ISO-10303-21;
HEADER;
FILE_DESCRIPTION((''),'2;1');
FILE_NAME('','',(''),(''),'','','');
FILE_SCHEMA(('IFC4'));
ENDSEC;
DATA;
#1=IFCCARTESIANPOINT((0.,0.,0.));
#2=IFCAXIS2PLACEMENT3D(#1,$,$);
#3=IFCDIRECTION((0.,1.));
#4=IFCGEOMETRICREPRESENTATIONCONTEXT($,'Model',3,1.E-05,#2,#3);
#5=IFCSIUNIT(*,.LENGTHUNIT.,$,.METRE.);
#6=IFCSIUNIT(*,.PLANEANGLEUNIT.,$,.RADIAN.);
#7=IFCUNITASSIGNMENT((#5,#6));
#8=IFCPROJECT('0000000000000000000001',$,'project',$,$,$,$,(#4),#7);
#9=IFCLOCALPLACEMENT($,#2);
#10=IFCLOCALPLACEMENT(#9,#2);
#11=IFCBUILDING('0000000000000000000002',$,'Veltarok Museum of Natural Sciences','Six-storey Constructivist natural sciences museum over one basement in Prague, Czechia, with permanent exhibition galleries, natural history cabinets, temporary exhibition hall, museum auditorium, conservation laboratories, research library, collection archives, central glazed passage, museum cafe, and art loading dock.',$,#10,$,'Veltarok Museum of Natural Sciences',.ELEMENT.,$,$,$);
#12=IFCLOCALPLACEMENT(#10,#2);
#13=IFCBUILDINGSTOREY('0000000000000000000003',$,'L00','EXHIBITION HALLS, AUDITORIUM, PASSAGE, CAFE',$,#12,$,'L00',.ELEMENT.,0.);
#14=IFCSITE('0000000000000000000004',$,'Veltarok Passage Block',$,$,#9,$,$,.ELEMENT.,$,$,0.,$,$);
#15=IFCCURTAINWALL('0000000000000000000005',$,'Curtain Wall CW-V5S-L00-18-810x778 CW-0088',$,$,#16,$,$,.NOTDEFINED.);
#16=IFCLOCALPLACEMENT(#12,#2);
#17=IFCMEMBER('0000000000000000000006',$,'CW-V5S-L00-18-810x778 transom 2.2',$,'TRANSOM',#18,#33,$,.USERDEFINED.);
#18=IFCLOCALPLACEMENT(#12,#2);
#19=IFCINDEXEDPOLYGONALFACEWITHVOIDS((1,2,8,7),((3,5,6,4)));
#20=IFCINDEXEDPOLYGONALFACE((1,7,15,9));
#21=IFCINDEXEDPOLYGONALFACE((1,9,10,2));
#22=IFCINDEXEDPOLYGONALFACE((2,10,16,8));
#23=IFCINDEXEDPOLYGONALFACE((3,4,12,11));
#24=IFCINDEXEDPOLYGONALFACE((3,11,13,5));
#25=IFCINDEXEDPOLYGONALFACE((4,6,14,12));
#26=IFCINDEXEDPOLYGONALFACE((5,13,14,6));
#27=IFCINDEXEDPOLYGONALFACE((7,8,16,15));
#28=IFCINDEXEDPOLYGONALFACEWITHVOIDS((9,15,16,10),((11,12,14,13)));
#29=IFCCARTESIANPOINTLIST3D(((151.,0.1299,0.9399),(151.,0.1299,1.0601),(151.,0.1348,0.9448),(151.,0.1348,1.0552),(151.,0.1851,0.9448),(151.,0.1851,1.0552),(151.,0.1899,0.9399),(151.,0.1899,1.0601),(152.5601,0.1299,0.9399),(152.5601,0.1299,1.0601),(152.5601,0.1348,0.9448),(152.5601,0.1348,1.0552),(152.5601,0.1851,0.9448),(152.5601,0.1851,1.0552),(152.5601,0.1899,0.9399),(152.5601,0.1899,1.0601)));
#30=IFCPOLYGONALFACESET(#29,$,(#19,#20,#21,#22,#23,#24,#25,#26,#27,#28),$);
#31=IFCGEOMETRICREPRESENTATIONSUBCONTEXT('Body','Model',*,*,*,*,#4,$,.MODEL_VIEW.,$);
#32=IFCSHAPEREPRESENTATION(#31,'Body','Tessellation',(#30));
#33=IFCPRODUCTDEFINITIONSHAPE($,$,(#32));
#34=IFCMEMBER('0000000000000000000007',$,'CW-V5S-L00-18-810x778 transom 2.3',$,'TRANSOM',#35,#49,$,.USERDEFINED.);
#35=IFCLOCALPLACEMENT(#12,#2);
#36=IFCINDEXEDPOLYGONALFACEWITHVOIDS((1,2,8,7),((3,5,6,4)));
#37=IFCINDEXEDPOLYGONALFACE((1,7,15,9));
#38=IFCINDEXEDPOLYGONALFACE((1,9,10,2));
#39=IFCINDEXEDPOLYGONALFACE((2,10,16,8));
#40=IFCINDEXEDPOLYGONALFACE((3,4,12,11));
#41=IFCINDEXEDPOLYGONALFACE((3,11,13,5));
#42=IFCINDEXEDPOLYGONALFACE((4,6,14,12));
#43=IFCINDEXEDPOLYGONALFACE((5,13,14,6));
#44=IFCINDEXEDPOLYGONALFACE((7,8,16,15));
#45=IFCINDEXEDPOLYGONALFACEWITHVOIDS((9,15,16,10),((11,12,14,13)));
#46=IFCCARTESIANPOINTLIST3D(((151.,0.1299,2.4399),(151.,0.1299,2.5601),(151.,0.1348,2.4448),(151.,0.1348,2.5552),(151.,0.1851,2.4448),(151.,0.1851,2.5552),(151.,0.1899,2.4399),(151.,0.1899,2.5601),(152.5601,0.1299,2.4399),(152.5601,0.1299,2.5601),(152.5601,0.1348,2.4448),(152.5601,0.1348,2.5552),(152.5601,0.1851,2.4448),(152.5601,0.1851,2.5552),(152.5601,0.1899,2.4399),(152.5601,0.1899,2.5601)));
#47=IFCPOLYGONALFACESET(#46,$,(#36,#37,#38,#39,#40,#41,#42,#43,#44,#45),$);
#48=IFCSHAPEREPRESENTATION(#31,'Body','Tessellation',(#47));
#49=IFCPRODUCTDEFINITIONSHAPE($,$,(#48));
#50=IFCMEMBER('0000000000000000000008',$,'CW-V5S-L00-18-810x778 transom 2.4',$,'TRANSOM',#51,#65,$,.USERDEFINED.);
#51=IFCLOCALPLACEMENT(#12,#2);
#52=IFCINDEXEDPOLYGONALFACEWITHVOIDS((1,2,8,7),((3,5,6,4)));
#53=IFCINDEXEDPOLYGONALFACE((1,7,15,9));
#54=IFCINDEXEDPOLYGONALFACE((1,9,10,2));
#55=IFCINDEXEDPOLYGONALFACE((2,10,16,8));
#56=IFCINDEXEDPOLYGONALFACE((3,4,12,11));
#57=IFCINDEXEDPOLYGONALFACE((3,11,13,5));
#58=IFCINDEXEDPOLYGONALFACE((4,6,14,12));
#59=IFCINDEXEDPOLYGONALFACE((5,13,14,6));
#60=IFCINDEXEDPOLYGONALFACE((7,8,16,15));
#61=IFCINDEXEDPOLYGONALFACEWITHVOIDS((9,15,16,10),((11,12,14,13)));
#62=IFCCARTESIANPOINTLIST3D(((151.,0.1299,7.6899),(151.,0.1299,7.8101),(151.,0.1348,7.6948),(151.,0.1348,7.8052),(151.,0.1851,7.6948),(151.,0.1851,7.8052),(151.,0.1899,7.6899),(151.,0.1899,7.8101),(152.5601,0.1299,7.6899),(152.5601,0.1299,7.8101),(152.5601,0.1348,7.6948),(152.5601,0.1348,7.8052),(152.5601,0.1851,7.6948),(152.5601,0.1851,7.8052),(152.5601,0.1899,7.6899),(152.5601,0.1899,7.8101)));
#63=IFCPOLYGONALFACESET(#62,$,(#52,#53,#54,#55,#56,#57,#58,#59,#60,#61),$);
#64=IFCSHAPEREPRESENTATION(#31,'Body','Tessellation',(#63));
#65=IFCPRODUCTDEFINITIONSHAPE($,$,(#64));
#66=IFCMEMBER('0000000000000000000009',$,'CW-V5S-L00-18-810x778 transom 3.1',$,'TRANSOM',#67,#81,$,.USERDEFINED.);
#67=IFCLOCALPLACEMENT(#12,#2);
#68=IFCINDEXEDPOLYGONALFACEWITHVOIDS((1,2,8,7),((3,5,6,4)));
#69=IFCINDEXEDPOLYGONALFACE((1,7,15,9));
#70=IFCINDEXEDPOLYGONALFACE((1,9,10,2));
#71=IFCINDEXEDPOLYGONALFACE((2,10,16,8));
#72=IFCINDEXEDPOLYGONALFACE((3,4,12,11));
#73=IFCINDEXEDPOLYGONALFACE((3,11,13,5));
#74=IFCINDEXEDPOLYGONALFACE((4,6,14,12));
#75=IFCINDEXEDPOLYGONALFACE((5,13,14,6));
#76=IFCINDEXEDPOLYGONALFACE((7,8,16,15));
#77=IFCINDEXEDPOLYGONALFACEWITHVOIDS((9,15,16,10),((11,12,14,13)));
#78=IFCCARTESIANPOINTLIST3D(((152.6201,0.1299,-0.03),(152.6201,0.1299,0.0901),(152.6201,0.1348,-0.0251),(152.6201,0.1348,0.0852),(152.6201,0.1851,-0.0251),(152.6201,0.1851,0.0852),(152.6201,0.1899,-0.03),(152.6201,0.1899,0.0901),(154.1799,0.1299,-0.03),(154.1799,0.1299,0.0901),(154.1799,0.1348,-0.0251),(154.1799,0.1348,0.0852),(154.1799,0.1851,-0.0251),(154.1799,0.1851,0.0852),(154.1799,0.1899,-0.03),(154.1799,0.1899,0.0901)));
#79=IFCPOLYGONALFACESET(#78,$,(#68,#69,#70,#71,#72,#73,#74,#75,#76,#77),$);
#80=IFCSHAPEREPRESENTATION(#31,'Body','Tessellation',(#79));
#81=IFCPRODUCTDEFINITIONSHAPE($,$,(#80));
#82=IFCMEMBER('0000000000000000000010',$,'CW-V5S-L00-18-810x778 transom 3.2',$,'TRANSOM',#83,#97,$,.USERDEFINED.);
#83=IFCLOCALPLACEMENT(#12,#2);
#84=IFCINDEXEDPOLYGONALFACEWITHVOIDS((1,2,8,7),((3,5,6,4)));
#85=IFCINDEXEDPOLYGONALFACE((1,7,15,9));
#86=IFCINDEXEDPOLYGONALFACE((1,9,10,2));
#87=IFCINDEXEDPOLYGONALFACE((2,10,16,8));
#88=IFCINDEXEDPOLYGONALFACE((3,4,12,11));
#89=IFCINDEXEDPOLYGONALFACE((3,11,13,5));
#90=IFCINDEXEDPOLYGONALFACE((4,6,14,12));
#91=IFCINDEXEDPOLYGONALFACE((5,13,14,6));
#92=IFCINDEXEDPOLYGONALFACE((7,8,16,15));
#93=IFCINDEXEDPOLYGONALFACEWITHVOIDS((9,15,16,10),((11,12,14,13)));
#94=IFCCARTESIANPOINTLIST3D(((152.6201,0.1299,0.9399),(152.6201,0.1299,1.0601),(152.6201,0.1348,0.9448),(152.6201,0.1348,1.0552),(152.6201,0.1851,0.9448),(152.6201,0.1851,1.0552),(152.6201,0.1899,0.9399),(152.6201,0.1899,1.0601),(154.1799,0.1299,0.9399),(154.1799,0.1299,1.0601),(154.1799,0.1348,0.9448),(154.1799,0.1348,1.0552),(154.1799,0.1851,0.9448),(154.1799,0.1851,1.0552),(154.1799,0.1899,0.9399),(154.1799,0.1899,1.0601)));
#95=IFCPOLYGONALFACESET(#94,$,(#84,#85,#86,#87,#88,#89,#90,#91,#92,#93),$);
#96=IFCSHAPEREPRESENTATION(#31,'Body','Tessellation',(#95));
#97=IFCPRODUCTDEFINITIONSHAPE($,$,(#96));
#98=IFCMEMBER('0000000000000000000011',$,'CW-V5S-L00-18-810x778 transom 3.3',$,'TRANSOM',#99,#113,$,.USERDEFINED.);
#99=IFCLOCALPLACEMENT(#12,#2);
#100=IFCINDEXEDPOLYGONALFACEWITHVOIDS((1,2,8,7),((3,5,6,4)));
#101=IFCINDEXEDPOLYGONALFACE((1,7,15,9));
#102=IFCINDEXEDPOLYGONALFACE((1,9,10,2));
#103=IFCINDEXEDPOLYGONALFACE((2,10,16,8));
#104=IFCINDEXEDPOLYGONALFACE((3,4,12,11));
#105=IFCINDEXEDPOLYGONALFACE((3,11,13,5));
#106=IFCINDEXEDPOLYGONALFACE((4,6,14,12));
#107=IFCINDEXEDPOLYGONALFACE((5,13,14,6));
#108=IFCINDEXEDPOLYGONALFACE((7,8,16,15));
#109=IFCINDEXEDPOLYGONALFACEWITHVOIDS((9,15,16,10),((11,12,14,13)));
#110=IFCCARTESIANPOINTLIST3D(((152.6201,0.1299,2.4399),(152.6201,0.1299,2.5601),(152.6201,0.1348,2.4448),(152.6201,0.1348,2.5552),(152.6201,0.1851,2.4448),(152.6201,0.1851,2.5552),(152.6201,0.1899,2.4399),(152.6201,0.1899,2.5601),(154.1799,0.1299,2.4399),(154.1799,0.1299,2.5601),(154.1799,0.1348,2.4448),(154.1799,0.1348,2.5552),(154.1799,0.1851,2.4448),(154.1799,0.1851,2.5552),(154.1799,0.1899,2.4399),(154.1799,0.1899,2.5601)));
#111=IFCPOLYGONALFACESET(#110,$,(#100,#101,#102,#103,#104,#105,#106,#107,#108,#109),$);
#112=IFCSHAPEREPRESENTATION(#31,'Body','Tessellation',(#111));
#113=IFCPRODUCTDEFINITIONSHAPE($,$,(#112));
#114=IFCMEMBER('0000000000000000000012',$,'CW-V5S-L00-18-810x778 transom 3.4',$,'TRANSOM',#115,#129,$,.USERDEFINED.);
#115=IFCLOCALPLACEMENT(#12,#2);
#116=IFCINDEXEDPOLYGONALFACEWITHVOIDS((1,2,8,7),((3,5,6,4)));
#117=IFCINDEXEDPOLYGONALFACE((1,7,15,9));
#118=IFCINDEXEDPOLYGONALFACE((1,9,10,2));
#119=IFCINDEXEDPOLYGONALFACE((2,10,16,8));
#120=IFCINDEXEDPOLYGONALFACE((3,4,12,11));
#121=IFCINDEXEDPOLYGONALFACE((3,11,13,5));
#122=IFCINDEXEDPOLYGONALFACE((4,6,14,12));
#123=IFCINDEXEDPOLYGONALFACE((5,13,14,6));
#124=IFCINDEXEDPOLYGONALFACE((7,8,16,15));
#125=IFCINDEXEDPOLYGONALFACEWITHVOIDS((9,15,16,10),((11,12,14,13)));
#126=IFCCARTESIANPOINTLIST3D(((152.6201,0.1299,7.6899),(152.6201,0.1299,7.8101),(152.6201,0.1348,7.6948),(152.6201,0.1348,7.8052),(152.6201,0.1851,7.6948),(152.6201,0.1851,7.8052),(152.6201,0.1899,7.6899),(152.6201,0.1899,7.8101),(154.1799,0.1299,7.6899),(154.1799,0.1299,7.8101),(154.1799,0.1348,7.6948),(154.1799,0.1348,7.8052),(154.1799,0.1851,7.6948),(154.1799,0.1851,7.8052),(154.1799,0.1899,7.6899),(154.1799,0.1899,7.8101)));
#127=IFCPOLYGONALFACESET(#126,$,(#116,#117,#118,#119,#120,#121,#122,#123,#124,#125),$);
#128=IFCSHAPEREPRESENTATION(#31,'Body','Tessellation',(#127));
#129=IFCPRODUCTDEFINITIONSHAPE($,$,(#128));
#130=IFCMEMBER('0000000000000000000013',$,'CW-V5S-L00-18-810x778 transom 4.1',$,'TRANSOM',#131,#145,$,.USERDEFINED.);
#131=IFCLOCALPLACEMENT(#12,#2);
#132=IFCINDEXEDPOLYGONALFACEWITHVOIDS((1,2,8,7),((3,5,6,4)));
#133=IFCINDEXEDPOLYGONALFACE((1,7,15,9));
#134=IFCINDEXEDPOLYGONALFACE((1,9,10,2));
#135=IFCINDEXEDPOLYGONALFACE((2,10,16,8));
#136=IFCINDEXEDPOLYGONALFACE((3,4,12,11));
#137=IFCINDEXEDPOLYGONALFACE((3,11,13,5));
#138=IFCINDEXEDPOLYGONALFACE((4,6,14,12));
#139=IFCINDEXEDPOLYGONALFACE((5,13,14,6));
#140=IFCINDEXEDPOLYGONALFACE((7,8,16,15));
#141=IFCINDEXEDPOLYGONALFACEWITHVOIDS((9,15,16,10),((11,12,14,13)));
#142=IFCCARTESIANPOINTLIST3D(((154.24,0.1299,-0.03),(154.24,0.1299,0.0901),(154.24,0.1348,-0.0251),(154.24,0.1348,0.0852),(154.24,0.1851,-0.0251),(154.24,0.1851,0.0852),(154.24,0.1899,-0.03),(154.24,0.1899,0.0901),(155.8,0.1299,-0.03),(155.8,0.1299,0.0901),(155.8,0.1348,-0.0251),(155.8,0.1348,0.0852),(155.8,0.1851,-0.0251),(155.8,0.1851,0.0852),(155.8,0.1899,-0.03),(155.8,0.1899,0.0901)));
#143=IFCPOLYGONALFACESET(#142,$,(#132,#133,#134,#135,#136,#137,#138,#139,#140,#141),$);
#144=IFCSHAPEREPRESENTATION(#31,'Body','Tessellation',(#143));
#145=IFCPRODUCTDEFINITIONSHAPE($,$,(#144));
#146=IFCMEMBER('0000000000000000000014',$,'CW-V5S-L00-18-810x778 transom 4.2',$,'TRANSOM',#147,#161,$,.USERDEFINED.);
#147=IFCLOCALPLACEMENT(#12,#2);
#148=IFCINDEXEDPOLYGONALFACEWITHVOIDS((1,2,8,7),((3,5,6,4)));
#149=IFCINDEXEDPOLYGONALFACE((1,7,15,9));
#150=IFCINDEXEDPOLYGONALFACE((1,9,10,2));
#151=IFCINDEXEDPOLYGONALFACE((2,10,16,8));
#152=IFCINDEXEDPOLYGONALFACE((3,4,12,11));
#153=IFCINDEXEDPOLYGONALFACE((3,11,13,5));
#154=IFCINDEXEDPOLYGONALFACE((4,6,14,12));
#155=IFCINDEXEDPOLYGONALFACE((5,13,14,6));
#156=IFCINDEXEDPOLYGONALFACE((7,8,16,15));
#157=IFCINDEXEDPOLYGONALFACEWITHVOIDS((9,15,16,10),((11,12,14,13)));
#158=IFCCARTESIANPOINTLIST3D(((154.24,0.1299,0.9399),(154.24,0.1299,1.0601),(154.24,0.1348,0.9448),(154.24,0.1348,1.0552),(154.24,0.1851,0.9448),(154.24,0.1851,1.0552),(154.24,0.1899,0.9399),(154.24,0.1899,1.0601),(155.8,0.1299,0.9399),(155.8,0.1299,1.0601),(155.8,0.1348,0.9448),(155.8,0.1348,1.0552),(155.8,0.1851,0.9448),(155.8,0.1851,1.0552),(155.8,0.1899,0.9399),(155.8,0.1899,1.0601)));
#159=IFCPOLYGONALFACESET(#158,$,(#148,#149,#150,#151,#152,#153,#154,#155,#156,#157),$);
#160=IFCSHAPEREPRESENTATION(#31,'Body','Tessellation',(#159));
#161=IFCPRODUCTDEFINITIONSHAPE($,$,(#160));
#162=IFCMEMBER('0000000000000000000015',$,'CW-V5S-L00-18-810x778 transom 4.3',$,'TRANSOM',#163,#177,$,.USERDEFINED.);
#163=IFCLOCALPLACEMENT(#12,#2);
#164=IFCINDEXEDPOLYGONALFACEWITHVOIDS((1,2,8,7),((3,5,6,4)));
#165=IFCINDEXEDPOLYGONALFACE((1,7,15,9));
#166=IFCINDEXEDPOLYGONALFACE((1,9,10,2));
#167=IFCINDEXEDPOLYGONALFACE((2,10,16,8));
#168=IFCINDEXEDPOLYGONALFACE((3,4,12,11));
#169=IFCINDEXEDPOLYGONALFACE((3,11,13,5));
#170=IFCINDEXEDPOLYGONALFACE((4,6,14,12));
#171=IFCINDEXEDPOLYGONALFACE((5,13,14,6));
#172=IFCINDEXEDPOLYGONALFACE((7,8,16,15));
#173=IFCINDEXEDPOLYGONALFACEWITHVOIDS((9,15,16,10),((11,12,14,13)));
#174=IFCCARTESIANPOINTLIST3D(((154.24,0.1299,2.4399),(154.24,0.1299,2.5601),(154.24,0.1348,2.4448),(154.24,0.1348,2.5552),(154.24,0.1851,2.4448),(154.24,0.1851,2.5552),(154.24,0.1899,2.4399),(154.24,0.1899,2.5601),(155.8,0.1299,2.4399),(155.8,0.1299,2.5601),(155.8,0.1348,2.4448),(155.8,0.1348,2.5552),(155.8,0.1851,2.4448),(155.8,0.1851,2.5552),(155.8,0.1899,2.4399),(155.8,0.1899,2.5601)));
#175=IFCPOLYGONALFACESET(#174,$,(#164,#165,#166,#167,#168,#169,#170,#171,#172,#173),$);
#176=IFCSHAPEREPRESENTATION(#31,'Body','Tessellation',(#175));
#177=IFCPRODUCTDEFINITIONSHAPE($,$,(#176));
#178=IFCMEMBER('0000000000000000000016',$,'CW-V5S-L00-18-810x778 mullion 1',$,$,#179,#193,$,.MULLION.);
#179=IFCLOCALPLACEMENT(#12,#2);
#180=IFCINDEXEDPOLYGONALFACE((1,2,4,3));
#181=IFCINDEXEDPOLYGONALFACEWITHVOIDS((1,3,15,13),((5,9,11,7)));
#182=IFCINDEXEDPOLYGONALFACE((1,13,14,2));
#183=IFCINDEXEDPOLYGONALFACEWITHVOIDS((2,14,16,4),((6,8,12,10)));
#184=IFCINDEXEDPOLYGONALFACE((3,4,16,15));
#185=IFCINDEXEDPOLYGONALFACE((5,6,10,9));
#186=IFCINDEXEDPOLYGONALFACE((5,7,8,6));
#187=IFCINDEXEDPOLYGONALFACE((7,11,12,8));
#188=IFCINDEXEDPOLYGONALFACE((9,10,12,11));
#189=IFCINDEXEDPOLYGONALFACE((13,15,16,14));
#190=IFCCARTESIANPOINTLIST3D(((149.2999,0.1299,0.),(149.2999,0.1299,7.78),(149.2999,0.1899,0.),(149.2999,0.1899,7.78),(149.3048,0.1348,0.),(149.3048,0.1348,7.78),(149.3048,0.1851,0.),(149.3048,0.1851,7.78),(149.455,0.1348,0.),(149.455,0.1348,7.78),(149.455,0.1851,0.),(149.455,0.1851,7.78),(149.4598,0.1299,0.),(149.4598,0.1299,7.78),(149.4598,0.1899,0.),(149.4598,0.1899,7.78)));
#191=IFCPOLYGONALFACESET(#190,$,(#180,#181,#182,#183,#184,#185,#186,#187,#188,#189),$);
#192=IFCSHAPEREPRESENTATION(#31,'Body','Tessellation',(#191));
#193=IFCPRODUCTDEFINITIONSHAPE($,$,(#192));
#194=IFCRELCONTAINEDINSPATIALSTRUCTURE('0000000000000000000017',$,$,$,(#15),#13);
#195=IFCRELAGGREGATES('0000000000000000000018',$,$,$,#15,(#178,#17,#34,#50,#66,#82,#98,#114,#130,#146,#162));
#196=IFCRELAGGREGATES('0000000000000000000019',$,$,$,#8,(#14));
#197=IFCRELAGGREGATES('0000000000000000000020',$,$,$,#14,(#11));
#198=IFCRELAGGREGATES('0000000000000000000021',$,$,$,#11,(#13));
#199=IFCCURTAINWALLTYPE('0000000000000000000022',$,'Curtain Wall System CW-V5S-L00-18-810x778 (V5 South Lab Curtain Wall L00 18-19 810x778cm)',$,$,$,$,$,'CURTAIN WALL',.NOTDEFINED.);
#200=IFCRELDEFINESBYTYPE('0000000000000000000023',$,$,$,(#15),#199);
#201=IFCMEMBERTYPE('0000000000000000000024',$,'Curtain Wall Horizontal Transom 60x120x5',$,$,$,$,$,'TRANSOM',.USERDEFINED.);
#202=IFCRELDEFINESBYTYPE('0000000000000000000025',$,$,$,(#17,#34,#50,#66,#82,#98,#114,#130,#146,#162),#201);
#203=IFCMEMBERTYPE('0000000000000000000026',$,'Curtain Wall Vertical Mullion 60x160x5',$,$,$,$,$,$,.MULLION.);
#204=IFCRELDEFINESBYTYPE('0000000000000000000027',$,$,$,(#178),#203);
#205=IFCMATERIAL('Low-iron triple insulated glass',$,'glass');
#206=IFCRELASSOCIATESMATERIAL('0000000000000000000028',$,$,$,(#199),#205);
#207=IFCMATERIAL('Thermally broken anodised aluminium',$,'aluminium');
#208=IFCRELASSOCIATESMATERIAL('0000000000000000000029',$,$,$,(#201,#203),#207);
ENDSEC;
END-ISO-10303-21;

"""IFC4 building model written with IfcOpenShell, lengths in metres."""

from ifc_helpers import new_model, si_unit, direction, frame, origin, origin_2d, place, context, subcontext, project, spatial, hollow_rectangle, extrude, material, material_profile, profile_set, type_object, element, aggregate, save


model = new_model("IFC4")

# Units and contexts
model_context = context("Model", 3, precision=1e-05, world=origin(), true_north=direction((0.0, 1.0)))
body_context = subcontext(model_context, "Body", "Model", "MODEL_VIEW")
ifc_project = project(units=[si_unit("LENGTHUNIT", "METRE"), si_unit("PLANEANGLEUNIT", "RADIAN")], contexts=[model_context])

# Site, building, storey
site_placement = place(None, origin())
site = spatial("IfcSite", under=ifc_project, at=site_placement, Name="Veltarok Passage Block", CompositionType="ELEMENT", RefElevation=0.0)
building_placement = place(site_placement, origin())
building = spatial("IfcBuilding", under=site, at=building_placement, Name="Veltarok Museum of Natural Sciences", Description="Six-storey Constructivist natural sciences museum over one basement in Prague, Czechia, with permanent exhibition galleries, natural history cabinets, temporary exhibition hall, museum auditorium, conservation laboratories, research library, collection archives, central glazed passage, museum cafe, and art loading dock.", LongName="Veltarok Museum of Natural Sciences", CompositionType="ELEMENT")
storey_placement = place(building_placement, origin())
storey = spatial("IfcBuildingStorey", under=building, at=storey_placement, Name="L00", Description="EXHIBITION HALLS, AUDITORIUM, PASSAGE, CAFE", LongName="L00", CompositionType="ELEMENT", Elevation=0.0)

# Curtain wall, members
ifc_material_1 = material(Name="Low-iron triple insulated glass", Category="glass")
curtain_wall_type = type_object("IfcCurtainWallType", Name="Curtain Wall System CW-V5S-L00-18-810x778 (V5 South Lab Curtain Wall L00 18-19 810x778cm)", ElementType="CURTAIN WALL", PredefinedType="NOTDEFINED", material=ifc_material_1)
curtain_wall_placement = place(storey_placement, origin())
curtain_wall = element("IfcCurtainWall", 1, at=curtain_wall_placement, inside=storey, type_object=curtain_wall_type, Name="Curtain Wall CW-V5S-L00-18-810x778 CW-0088", PredefinedType="NOTDEFINED")
ifc_material_2 = material(Name="Thermally broken anodised aluminium", Category="aluminium")
ifc_material_profile_1 = material_profile(ifc_material_2, hollow_rectangle(XDim=0.0601, YDim=0.1201, WallThickness=0.0049, at=origin_2d()), Name="CW TRANSOM 60x120x5")
ifc_profile_set_1 = profile_set([ifc_material_profile_1], Name="Thermally broken anodised aluminium")
member_type_1 = type_object("IfcMemberType", Name="Curtain Wall Horizontal Transom 60x120x5", ElementType="TRANSOM", PredefinedType="USERDEFINED", material=ifc_profile_set_1)
member_1_placement = place(storey_placement, frame((151.0, 0.1599, 1.0), z_axis=(1.0, 0.0, 0.0), x_axis=(0.0, 1.0, 0.0)))
member_1 = element("IfcMember", 2, at=member_1_placement, type_object=member_type_1, Name="CW-V5S-L00-18-810x778 transom 2.2", ObjectType="TRANSOM", PredefinedType="USERDEFINED", context=body_context, shape_type="SweptSolid", body=[
    extrude(hollow_rectangle(XDim=0.0601, YDim=0.1201, WallThickness=0.0049, at=origin_2d()), origin(), (0.0, 0.0, 1.0), 1.5601),
])
member_2_placement = place(storey_placement, frame((151.0, 0.1599, 2.5), z_axis=(1.0, 0.0, 0.0), x_axis=(0.0, 1.0, 0.0)))
member_2 = element("IfcMember", 3, at=member_2_placement, type_object=member_type_1, Name="CW-V5S-L00-18-810x778 transom 2.3", ObjectType="TRANSOM", PredefinedType="USERDEFINED", context=body_context, shape_type="SweptSolid", body=[
    extrude(hollow_rectangle(XDim=0.0601, YDim=0.1201, WallThickness=0.0049, at=origin_2d()), origin(), (0.0, 0.0, 1.0), 1.5601),
])
member_3_placement = place(storey_placement, frame((151.0, 0.1599, 7.75), z_axis=(1.0, 0.0, 0.0), x_axis=(0.0, 1.0, 0.0)))
member_3 = element("IfcMember", 4, at=member_3_placement, type_object=member_type_1, Name="CW-V5S-L00-18-810x778 transom 2.4", ObjectType="TRANSOM", PredefinedType="USERDEFINED", context=body_context, shape_type="SweptSolid", body=[
    extrude(hollow_rectangle(XDim=0.0601, YDim=0.1201, WallThickness=0.0049, at=origin_2d()), origin(), (0.0, 0.0, 1.0), 1.5601),
])
member_4_placement = place(storey_placement, frame((152.6201, 0.1599, 0.03), z_axis=(1.0, 0.0, 0.0), x_axis=(0.0, 1.0, 0.0)))
member_4 = element("IfcMember", 5, at=member_4_placement, type_object=member_type_1, Name="CW-V5S-L00-18-810x778 transom 3.1", ObjectType="TRANSOM", PredefinedType="USERDEFINED", context=body_context, shape_type="SweptSolid", body=[
    extrude(hollow_rectangle(XDim=0.0601, YDim=0.1201, WallThickness=0.0049, at=origin_2d()), origin(), (0.0, 0.0, 1.0), 1.5598),
])
member_5_placement = place(storey_placement, frame((152.6201, 0.1599, 1.0), z_axis=(1.0, 0.0, 0.0), x_axis=(0.0, 1.0, 0.0)))
member_5 = element("IfcMember", 6, at=member_5_placement, type_object=member_type_1, Name="CW-V5S-L00-18-810x778 transom 3.2", ObjectType="TRANSOM", PredefinedType="USERDEFINED", context=body_context, shape_type="SweptSolid", body=[
    extrude(hollow_rectangle(XDim=0.0601, YDim=0.1201, WallThickness=0.0049, at=origin_2d()), origin(), (0.0, 0.0, 1.0), 1.5598),
])
member_6_placement = place(storey_placement, frame((152.6201, 0.1599, 2.5), z_axis=(1.0, 0.0, 0.0), x_axis=(0.0, 1.0, 0.0)))
member_6 = element("IfcMember", 7, at=member_6_placement, type_object=member_type_1, Name="CW-V5S-L00-18-810x778 transom 3.3", ObjectType="TRANSOM", PredefinedType="USERDEFINED", context=body_context, shape_type="SweptSolid", body=[
    extrude(hollow_rectangle(XDim=0.0601, YDim=0.1201, WallThickness=0.0049, at=origin_2d()), origin(), (0.0, 0.0, 1.0), 1.5598),
])
member_7_placement = place(storey_placement, frame((152.6201, 0.1599, 7.75), z_axis=(1.0, 0.0, 0.0), x_axis=(0.0, 1.0, 0.0)))
member_7 = element("IfcMember", 8, at=member_7_placement, type_object=member_type_1, Name="CW-V5S-L00-18-810x778 transom 3.4", ObjectType="TRANSOM", PredefinedType="USERDEFINED", context=body_context, shape_type="SweptSolid", body=[
    extrude(hollow_rectangle(XDim=0.0601, YDim=0.1201, WallThickness=0.0049, at=origin_2d()), origin(), (0.0, 0.0, 1.0), 1.5598),
])
member_8_placement = place(storey_placement, frame((154.24, 0.1599, 0.03), z_axis=(1.0, 0.0, 0.0), x_axis=(0.0, 1.0, 0.0)))
member_8 = element("IfcMember", 9, at=member_8_placement, type_object=member_type_1, Name="CW-V5S-L00-18-810x778 transom 4.1", ObjectType="TRANSOM", PredefinedType="USERDEFINED", context=body_context, shape_type="SweptSolid", body=[
    extrude(hollow_rectangle(XDim=0.0601, YDim=0.1201, WallThickness=0.0049, at=origin_2d()), origin(), (0.0, 0.0, 1.0), 1.5601),
])
member_9_placement = place(storey_placement, frame((154.24, 0.1599, 1.0), z_axis=(1.0, 0.0, 0.0), x_axis=(0.0, 1.0, 0.0)))
member_9 = element("IfcMember", 10, at=member_9_placement, type_object=member_type_1, Name="CW-V5S-L00-18-810x778 transom 4.2", ObjectType="TRANSOM", PredefinedType="USERDEFINED", context=body_context, shape_type="SweptSolid", body=[
    extrude(hollow_rectangle(XDim=0.0601, YDim=0.1201, WallThickness=0.0049, at=origin_2d()), origin(), (0.0, 0.0, 1.0), 1.5601),
])
member_10_placement = place(storey_placement, frame((154.24, 0.1599, 2.5), z_axis=(1.0, 0.0, 0.0), x_axis=(0.0, 1.0, 0.0)))
member_10 = element("IfcMember", 11, at=member_10_placement, type_object=member_type_1, Name="CW-V5S-L00-18-810x778 transom 4.3", ObjectType="TRANSOM", PredefinedType="USERDEFINED", context=body_context, shape_type="SweptSolid", body=[
    extrude(hollow_rectangle(XDim=0.0601, YDim=0.1201, WallThickness=0.0049, at=origin_2d()), origin(), (0.0, 0.0, 1.0), 1.5601),
])
ifc_material_profile_2 = material_profile(ifc_material_2, hollow_rectangle(XDim=0.0601, YDim=0.1599, WallThickness=0.0049, at=origin_2d()), Name="CW MULLION 60x160x5")
ifc_profile_set_2 = profile_set([ifc_material_profile_2], Name="Thermally broken anodised aluminium")
member_type_2 = type_object("IfcMemberType", Name="Curtain Wall Vertical Mullion 60x160x5", PredefinedType="MULLION", material=ifc_profile_set_2)
member_11_placement = place(storey_placement, frame((149.3799, 0.1599, 0.0), z_axis=(0.0, 0.0, 1.0), x_axis=(0.0, 1.0, 0.0)))
member_11 = element("IfcMember", 12, at=member_11_placement, type_object=member_type_2, Name="CW-V5S-L00-18-810x778 mullion 1", PredefinedType="MULLION", context=body_context, shape_type="SweptSolid", body=[
    extrude(hollow_rectangle(XDim=0.0601, YDim=0.1599, WallThickness=0.0049, at=origin_2d()), origin(), (0.0, 0.0, 1.0), 7.78),
])

aggregate(curtain_wall, [member_11, member_1, member_2, member_3, member_4, member_5, member_6, member_7, member_8, member_9, member_10])

save(model, "model.ifc")
